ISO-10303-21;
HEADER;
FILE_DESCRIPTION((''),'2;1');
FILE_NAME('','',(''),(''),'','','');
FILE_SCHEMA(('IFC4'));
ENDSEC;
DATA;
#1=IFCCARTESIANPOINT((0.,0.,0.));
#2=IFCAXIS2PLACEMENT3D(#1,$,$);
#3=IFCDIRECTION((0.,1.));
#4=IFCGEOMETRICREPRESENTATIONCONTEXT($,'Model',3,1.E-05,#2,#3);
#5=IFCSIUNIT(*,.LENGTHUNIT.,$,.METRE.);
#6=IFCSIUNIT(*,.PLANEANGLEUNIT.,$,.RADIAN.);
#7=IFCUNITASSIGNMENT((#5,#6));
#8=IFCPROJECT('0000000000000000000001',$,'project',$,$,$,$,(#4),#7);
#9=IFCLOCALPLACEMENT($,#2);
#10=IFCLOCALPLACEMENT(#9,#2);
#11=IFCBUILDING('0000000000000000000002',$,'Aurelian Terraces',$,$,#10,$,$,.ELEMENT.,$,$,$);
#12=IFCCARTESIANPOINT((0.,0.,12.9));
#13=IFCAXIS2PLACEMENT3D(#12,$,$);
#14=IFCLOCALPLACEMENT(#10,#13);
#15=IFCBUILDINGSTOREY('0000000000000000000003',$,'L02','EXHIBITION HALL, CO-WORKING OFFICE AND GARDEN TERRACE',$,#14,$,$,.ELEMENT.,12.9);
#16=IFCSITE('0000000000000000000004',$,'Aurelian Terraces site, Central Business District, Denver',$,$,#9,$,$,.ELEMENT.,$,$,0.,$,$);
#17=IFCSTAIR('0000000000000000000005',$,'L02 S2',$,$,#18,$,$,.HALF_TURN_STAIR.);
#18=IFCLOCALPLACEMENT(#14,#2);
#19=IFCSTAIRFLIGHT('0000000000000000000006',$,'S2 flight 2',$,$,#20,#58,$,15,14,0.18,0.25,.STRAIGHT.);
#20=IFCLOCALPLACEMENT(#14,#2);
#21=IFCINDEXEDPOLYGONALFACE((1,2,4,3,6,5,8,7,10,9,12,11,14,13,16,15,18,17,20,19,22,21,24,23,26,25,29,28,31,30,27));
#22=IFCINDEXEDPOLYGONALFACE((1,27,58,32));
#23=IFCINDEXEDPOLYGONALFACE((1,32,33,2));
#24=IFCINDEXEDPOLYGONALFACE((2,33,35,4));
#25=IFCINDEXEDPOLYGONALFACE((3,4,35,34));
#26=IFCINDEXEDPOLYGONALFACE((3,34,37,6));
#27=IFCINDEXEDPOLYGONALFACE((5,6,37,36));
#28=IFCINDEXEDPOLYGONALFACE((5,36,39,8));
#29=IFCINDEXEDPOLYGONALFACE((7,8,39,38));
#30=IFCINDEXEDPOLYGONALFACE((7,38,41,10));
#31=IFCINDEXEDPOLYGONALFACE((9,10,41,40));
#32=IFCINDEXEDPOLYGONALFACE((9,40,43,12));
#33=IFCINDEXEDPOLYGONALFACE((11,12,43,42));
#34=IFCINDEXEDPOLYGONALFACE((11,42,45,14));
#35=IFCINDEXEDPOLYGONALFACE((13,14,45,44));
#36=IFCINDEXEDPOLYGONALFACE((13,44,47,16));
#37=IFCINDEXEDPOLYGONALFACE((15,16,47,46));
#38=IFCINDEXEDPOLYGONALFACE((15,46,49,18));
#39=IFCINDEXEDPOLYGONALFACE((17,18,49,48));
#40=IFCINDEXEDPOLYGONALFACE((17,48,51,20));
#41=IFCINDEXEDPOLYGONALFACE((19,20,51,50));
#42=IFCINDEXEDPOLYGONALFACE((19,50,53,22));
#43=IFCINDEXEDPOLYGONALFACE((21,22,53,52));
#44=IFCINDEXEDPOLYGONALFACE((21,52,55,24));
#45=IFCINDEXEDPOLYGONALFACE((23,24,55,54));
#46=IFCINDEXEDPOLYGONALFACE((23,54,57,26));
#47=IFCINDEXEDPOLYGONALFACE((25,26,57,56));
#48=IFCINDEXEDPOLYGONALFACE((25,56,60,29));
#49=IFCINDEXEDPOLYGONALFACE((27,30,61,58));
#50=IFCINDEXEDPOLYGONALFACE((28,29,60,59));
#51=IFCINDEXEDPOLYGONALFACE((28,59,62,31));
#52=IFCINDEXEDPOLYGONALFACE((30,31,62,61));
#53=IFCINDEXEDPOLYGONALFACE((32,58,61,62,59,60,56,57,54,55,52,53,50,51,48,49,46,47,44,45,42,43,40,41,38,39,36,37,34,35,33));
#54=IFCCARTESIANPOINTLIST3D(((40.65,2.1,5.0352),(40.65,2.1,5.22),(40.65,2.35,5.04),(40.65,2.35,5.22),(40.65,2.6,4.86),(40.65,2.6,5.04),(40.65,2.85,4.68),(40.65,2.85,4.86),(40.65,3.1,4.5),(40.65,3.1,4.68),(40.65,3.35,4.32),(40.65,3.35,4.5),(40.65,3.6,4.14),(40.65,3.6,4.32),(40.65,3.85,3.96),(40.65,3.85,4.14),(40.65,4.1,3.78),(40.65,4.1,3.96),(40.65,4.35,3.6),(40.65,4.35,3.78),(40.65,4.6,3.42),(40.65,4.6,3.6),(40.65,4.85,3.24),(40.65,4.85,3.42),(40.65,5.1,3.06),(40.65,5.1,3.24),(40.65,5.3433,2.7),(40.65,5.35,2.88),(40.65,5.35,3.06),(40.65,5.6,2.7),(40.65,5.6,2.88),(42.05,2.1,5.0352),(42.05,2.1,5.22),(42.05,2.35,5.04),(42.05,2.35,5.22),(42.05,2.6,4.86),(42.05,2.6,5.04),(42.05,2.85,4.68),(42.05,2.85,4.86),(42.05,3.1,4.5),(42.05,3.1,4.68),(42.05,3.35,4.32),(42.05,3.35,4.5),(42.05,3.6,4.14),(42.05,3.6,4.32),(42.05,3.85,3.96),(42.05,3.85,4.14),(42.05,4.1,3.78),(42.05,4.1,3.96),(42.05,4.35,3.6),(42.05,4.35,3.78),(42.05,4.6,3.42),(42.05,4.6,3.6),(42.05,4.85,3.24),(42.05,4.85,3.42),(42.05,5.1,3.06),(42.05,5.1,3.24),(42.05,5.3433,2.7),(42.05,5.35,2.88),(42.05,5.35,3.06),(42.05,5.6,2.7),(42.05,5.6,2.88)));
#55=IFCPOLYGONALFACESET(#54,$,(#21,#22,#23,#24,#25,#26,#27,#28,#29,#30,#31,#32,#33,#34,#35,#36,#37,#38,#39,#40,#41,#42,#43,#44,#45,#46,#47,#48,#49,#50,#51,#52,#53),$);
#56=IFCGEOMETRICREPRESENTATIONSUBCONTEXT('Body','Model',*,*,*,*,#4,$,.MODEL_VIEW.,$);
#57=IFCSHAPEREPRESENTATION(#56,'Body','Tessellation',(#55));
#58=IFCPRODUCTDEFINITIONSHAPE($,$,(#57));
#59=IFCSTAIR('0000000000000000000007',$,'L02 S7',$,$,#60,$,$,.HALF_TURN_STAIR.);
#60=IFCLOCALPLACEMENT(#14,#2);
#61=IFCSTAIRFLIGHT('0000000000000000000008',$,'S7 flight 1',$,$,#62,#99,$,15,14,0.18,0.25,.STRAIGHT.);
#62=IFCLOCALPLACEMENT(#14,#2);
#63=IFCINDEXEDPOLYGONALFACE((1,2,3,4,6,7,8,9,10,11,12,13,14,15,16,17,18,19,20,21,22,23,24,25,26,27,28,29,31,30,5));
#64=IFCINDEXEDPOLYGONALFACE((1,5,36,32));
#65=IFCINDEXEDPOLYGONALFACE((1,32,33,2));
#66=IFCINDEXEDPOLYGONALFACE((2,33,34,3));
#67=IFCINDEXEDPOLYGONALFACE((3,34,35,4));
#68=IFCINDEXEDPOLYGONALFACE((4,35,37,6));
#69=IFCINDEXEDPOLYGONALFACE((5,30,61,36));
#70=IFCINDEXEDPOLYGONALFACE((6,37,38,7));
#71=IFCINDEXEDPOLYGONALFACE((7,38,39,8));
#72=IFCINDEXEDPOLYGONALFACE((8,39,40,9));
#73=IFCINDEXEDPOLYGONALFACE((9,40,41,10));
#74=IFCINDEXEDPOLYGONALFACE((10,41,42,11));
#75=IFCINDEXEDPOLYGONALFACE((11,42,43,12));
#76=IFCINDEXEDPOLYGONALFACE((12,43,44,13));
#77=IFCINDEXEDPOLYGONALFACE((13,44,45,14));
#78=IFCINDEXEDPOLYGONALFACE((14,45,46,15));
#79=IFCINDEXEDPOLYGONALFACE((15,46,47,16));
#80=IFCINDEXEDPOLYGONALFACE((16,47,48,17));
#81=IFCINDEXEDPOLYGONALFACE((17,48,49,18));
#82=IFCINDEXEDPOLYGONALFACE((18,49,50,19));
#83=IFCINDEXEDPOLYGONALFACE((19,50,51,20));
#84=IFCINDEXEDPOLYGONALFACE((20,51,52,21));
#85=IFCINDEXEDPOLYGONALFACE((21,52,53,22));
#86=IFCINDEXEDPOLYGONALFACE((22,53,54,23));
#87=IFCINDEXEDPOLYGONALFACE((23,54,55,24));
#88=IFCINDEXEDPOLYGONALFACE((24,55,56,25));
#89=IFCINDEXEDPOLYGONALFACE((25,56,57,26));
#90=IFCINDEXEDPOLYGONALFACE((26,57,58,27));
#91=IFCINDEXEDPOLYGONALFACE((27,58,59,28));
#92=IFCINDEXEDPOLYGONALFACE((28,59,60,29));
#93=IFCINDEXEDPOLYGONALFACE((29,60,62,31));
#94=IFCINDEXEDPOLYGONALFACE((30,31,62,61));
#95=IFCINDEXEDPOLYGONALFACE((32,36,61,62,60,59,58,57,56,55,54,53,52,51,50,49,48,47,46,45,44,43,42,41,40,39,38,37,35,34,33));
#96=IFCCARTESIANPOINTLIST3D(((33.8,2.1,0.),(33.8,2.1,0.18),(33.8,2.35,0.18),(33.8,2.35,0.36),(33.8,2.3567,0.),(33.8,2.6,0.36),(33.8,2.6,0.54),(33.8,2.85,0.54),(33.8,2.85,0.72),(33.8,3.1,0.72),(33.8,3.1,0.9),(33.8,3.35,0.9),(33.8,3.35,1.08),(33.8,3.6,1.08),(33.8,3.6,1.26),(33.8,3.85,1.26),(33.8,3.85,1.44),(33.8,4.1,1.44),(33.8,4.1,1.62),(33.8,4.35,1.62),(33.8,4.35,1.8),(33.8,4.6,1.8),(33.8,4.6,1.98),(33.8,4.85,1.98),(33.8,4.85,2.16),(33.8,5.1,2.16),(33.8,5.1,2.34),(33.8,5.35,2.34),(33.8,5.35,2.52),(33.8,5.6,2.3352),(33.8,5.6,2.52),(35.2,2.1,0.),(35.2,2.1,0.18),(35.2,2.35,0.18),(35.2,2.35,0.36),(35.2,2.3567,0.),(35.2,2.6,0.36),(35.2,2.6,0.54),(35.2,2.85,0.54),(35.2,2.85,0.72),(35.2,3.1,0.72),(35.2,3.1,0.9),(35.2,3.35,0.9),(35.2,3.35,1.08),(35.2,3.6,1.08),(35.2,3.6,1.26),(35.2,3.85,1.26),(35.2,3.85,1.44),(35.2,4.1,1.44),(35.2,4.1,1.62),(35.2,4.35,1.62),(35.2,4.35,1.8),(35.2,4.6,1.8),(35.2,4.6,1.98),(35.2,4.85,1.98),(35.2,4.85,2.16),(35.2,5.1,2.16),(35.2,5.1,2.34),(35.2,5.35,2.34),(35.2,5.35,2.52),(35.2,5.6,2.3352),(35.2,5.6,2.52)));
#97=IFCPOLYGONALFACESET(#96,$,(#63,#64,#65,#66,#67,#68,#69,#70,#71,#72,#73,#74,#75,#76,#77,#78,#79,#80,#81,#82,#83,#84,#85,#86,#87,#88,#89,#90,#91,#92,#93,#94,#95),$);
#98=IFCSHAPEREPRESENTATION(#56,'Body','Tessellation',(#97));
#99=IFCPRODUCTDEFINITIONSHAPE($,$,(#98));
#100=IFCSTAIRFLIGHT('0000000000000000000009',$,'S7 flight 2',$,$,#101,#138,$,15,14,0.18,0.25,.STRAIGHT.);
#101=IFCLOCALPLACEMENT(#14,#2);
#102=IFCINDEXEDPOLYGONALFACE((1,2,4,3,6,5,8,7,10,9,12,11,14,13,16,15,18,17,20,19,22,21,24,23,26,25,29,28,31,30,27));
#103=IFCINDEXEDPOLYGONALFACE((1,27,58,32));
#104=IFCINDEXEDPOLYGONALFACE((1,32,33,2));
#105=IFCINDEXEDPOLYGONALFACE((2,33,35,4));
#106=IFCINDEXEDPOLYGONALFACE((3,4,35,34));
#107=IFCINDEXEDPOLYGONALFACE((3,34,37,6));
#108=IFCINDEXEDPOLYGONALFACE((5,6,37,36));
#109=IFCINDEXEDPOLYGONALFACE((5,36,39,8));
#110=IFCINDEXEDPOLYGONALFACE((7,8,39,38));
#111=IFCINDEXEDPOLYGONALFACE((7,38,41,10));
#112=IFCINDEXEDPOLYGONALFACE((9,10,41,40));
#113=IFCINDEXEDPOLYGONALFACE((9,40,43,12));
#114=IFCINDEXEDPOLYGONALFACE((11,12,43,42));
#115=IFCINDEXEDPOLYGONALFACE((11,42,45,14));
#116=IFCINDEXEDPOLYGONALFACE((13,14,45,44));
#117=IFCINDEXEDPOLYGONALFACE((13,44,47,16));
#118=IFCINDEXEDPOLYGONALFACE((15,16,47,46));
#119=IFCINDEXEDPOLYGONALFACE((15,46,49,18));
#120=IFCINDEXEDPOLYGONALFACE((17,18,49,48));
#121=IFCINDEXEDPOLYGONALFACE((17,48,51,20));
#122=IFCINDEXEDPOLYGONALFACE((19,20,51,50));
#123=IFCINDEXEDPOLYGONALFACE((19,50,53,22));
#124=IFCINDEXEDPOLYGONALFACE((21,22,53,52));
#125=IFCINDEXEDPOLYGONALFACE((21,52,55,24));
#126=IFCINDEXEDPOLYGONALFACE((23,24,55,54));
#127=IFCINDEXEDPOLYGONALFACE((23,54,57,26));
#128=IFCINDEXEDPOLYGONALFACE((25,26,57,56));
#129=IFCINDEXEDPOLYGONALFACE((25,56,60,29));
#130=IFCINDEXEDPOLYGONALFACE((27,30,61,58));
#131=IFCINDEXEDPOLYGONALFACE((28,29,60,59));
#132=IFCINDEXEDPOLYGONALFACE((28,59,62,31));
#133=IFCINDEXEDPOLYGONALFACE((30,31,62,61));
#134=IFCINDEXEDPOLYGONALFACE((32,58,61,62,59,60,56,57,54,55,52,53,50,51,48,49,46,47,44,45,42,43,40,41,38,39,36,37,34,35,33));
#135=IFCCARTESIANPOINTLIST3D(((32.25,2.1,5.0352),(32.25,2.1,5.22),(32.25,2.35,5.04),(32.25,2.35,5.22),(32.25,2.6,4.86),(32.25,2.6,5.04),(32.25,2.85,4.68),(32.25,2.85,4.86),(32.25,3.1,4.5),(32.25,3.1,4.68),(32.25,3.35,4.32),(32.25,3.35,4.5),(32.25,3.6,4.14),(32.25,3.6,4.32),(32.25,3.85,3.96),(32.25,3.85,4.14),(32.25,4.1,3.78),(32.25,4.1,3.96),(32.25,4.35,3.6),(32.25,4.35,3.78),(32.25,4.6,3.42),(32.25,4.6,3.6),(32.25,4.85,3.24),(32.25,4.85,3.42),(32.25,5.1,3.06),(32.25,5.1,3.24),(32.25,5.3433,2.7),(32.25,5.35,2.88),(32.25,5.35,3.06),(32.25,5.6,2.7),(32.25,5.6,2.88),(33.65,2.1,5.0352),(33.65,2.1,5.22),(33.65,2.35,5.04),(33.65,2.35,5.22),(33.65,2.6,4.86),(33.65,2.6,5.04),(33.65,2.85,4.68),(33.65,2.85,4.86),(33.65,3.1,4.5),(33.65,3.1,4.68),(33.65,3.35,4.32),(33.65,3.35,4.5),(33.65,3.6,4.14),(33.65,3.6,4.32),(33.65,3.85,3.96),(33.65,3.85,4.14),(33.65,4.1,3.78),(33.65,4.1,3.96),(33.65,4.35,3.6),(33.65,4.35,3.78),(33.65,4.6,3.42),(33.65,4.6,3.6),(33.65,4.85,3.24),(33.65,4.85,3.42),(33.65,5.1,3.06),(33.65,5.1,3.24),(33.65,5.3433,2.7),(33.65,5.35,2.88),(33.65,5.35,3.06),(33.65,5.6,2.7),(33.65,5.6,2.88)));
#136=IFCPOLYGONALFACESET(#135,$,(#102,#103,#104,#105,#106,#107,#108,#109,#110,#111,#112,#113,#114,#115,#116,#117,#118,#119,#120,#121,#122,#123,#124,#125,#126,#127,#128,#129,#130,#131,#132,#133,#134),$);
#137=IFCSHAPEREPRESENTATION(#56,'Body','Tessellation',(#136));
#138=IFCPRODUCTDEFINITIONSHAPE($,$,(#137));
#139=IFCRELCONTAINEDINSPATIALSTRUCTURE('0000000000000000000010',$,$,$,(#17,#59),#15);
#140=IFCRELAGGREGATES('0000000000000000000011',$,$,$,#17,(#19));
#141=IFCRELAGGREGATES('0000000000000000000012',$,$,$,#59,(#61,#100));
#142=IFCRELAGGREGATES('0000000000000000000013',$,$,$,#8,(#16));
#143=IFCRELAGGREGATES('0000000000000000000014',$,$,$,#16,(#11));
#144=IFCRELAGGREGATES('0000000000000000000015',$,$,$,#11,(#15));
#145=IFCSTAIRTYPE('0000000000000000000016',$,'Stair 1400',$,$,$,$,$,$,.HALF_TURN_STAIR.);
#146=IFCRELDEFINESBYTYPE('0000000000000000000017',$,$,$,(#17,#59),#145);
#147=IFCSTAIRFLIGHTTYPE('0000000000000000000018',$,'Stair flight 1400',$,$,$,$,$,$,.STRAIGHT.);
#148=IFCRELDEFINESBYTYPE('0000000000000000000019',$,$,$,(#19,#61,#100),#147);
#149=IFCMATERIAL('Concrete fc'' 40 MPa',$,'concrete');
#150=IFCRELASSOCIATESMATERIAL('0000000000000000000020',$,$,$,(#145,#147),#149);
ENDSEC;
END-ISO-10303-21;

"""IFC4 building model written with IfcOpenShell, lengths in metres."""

from ifc_helpers import new_model, si_unit, direction, frame, origin, place, context, subcontext, project, spatial, polyline, outline, extrude, source, transform, mapped, material, type_object, element, aggregate, save


model = new_model("IFC4")

# Units and contexts
model_context = context("Model", 3, precision=1e-05, world=origin(), true_north=direction((0.0, 1.0)))
body_context = subcontext(model_context, "Body", "Model", "MODEL_VIEW")
ifc_project = project(units=[si_unit("LENGTHUNIT", "METRE"), si_unit("PLANEANGLEUNIT", "RADIAN")], contexts=[model_context])

# Site, building, storey
site_placement = place(None, origin())
site = spatial("IfcSite", under=ifc_project, at=site_placement, Name="Aurelian Terraces site, Central Business District, Denver", CompositionType="ELEMENT", RefElevation=0.0)
building_placement = place(site_placement, origin())
building = spatial("IfcBuilding", under=site, at=building_placement, Name="Aurelian Terraces", CompositionType="ELEMENT")
storey_placement = place(building_placement, frame((0.0, 0.0, 12.9)))
storey = spatial("IfcBuildingStorey", under=building, at=storey_placement, Name="L02", Description="EXHIBITION HALL, CO-WORKING OFFICE AND GARDEN TERRACE", CompositionType="ELEMENT", Elevation=12.9)

# Shared definitions
ifc_material_1 = material(Name="Concrete fc' 40 MPa", Category="concrete")

# Stair, stair flight
stair_type = type_object("IfcStairType", Name="Stair 1400", PredefinedType="HALF_TURN_STAIR", material=ifc_material_1)
stair_1_placement = place(storey_placement, origin())
stair_1 = element("IfcStair", 1, at=stair_1_placement, inside=storey, type_object=stair_type, Name="L02 S2", PredefinedType="HALF_TURN_STAIR")
stair_flight_type = type_object("IfcStairFlightType", Name="Stair flight 1400", PredefinedType="STRAIGHT", material=ifc_material_1)
shared_shape_1 = source(origin(), body_context, "Body", "SweptSolid", [
    extrude(outline(polyline([(0.0, 0.0), (0.0, 0.18), (0.25, 0.18), (0.25, 0.36), (0.5, 0.36), (0.5, 0.54), (0.75, 0.54), (0.75, 0.72), (1.0, 0.72), (1.0, 0.9), (1.25, 0.9), (1.25, 1.08), (1.5, 1.08), (1.5, 1.26), (1.75, 1.26), (1.75, 1.44), (2.0, 1.44), (2.0, 1.62), (2.25, 1.62), (2.25, 1.8), (2.5, 1.8), (2.5, 1.98), (2.75, 1.98), (2.75, 2.16), (3.0, 2.16), (3.0, 2.34), (3.25, 2.34), (3.25, 2.52), (3.5, 2.52), (3.5, 2.7), (3.5, 2.3352), (0.2567, 0.0), (0.0, 0.0)])), frame((0.0, 0.7, 0.0), z_axis=(0.0, -1.0, 0.0), x_axis=(1.0, 0.0, 0.0)), (0.0, 0.0, 1.0), 1.4),
])
stair_flight_1_placement = place(storey_placement, frame((41.35, 5.6, 2.7), z_axis=(0.0, 0.0, 1.0), x_axis=(0.0, -1.0, 0.0)))
stair_flight_1 = element("IfcStairFlight", 2, at=stair_flight_1_placement, type_object=stair_flight_type, Name="S2 flight 2", NumberOfRisers=15, NumberOfTreads=14, PredefinedType="STRAIGHT", RiserHeight=0.18, TreadLength=0.25, context=body_context, shape_type="MappedRepresentation", body=[
    mapped(shared_shape_1, transform((0.0, 0.0, 0.0), scale=1.0)),
])
aggregate(stair_1, [stair_flight_1])

# Stair, stair flights
stair_2_placement = place(storey_placement, origin())
stair_2 = element("IfcStair", 3, at=stair_2_placement, inside=storey, type_object=stair_type, Name="L02 S7", PredefinedType="HALF_TURN_STAIR")
stair_flight_2_placement = place(storey_placement, frame((34.5, 2.1, 0.0), z_axis=(0.0, 0.0, 1.0), x_axis=(0.0, 1.0, 0.0)))
stair_flight_2 = element("IfcStairFlight", 4, at=stair_flight_2_placement, type_object=stair_flight_type, Name="S7 flight 1", NumberOfRisers=15, NumberOfTreads=14, PredefinedType="STRAIGHT", RiserHeight=0.18, TreadLength=0.25, context=body_context, shape_type="MappedRepresentation", body=[
    mapped(shared_shape_1, transform((0.0, 0.0, 0.0), scale=1.0)),
])
stair_flight_3_placement = place(storey_placement, frame((32.95, 5.6, 2.7), z_axis=(0.0, 0.0, 1.0), x_axis=(0.0, -1.0, 0.0)))
stair_flight_3 = element("IfcStairFlight", 5, at=stair_flight_3_placement, type_object=stair_flight_type, Name="S7 flight 2", NumberOfRisers=15, NumberOfTreads=14, PredefinedType="STRAIGHT", RiserHeight=0.18, TreadLength=0.25, context=body_context, shape_type="MappedRepresentation", body=[
    mapped(shared_shape_1, transform((0.0, 0.0, 0.0), scale=1.0)),
])
aggregate(stair_2, [stair_flight_2, stair_flight_3])

save(model, "model.ifc")
